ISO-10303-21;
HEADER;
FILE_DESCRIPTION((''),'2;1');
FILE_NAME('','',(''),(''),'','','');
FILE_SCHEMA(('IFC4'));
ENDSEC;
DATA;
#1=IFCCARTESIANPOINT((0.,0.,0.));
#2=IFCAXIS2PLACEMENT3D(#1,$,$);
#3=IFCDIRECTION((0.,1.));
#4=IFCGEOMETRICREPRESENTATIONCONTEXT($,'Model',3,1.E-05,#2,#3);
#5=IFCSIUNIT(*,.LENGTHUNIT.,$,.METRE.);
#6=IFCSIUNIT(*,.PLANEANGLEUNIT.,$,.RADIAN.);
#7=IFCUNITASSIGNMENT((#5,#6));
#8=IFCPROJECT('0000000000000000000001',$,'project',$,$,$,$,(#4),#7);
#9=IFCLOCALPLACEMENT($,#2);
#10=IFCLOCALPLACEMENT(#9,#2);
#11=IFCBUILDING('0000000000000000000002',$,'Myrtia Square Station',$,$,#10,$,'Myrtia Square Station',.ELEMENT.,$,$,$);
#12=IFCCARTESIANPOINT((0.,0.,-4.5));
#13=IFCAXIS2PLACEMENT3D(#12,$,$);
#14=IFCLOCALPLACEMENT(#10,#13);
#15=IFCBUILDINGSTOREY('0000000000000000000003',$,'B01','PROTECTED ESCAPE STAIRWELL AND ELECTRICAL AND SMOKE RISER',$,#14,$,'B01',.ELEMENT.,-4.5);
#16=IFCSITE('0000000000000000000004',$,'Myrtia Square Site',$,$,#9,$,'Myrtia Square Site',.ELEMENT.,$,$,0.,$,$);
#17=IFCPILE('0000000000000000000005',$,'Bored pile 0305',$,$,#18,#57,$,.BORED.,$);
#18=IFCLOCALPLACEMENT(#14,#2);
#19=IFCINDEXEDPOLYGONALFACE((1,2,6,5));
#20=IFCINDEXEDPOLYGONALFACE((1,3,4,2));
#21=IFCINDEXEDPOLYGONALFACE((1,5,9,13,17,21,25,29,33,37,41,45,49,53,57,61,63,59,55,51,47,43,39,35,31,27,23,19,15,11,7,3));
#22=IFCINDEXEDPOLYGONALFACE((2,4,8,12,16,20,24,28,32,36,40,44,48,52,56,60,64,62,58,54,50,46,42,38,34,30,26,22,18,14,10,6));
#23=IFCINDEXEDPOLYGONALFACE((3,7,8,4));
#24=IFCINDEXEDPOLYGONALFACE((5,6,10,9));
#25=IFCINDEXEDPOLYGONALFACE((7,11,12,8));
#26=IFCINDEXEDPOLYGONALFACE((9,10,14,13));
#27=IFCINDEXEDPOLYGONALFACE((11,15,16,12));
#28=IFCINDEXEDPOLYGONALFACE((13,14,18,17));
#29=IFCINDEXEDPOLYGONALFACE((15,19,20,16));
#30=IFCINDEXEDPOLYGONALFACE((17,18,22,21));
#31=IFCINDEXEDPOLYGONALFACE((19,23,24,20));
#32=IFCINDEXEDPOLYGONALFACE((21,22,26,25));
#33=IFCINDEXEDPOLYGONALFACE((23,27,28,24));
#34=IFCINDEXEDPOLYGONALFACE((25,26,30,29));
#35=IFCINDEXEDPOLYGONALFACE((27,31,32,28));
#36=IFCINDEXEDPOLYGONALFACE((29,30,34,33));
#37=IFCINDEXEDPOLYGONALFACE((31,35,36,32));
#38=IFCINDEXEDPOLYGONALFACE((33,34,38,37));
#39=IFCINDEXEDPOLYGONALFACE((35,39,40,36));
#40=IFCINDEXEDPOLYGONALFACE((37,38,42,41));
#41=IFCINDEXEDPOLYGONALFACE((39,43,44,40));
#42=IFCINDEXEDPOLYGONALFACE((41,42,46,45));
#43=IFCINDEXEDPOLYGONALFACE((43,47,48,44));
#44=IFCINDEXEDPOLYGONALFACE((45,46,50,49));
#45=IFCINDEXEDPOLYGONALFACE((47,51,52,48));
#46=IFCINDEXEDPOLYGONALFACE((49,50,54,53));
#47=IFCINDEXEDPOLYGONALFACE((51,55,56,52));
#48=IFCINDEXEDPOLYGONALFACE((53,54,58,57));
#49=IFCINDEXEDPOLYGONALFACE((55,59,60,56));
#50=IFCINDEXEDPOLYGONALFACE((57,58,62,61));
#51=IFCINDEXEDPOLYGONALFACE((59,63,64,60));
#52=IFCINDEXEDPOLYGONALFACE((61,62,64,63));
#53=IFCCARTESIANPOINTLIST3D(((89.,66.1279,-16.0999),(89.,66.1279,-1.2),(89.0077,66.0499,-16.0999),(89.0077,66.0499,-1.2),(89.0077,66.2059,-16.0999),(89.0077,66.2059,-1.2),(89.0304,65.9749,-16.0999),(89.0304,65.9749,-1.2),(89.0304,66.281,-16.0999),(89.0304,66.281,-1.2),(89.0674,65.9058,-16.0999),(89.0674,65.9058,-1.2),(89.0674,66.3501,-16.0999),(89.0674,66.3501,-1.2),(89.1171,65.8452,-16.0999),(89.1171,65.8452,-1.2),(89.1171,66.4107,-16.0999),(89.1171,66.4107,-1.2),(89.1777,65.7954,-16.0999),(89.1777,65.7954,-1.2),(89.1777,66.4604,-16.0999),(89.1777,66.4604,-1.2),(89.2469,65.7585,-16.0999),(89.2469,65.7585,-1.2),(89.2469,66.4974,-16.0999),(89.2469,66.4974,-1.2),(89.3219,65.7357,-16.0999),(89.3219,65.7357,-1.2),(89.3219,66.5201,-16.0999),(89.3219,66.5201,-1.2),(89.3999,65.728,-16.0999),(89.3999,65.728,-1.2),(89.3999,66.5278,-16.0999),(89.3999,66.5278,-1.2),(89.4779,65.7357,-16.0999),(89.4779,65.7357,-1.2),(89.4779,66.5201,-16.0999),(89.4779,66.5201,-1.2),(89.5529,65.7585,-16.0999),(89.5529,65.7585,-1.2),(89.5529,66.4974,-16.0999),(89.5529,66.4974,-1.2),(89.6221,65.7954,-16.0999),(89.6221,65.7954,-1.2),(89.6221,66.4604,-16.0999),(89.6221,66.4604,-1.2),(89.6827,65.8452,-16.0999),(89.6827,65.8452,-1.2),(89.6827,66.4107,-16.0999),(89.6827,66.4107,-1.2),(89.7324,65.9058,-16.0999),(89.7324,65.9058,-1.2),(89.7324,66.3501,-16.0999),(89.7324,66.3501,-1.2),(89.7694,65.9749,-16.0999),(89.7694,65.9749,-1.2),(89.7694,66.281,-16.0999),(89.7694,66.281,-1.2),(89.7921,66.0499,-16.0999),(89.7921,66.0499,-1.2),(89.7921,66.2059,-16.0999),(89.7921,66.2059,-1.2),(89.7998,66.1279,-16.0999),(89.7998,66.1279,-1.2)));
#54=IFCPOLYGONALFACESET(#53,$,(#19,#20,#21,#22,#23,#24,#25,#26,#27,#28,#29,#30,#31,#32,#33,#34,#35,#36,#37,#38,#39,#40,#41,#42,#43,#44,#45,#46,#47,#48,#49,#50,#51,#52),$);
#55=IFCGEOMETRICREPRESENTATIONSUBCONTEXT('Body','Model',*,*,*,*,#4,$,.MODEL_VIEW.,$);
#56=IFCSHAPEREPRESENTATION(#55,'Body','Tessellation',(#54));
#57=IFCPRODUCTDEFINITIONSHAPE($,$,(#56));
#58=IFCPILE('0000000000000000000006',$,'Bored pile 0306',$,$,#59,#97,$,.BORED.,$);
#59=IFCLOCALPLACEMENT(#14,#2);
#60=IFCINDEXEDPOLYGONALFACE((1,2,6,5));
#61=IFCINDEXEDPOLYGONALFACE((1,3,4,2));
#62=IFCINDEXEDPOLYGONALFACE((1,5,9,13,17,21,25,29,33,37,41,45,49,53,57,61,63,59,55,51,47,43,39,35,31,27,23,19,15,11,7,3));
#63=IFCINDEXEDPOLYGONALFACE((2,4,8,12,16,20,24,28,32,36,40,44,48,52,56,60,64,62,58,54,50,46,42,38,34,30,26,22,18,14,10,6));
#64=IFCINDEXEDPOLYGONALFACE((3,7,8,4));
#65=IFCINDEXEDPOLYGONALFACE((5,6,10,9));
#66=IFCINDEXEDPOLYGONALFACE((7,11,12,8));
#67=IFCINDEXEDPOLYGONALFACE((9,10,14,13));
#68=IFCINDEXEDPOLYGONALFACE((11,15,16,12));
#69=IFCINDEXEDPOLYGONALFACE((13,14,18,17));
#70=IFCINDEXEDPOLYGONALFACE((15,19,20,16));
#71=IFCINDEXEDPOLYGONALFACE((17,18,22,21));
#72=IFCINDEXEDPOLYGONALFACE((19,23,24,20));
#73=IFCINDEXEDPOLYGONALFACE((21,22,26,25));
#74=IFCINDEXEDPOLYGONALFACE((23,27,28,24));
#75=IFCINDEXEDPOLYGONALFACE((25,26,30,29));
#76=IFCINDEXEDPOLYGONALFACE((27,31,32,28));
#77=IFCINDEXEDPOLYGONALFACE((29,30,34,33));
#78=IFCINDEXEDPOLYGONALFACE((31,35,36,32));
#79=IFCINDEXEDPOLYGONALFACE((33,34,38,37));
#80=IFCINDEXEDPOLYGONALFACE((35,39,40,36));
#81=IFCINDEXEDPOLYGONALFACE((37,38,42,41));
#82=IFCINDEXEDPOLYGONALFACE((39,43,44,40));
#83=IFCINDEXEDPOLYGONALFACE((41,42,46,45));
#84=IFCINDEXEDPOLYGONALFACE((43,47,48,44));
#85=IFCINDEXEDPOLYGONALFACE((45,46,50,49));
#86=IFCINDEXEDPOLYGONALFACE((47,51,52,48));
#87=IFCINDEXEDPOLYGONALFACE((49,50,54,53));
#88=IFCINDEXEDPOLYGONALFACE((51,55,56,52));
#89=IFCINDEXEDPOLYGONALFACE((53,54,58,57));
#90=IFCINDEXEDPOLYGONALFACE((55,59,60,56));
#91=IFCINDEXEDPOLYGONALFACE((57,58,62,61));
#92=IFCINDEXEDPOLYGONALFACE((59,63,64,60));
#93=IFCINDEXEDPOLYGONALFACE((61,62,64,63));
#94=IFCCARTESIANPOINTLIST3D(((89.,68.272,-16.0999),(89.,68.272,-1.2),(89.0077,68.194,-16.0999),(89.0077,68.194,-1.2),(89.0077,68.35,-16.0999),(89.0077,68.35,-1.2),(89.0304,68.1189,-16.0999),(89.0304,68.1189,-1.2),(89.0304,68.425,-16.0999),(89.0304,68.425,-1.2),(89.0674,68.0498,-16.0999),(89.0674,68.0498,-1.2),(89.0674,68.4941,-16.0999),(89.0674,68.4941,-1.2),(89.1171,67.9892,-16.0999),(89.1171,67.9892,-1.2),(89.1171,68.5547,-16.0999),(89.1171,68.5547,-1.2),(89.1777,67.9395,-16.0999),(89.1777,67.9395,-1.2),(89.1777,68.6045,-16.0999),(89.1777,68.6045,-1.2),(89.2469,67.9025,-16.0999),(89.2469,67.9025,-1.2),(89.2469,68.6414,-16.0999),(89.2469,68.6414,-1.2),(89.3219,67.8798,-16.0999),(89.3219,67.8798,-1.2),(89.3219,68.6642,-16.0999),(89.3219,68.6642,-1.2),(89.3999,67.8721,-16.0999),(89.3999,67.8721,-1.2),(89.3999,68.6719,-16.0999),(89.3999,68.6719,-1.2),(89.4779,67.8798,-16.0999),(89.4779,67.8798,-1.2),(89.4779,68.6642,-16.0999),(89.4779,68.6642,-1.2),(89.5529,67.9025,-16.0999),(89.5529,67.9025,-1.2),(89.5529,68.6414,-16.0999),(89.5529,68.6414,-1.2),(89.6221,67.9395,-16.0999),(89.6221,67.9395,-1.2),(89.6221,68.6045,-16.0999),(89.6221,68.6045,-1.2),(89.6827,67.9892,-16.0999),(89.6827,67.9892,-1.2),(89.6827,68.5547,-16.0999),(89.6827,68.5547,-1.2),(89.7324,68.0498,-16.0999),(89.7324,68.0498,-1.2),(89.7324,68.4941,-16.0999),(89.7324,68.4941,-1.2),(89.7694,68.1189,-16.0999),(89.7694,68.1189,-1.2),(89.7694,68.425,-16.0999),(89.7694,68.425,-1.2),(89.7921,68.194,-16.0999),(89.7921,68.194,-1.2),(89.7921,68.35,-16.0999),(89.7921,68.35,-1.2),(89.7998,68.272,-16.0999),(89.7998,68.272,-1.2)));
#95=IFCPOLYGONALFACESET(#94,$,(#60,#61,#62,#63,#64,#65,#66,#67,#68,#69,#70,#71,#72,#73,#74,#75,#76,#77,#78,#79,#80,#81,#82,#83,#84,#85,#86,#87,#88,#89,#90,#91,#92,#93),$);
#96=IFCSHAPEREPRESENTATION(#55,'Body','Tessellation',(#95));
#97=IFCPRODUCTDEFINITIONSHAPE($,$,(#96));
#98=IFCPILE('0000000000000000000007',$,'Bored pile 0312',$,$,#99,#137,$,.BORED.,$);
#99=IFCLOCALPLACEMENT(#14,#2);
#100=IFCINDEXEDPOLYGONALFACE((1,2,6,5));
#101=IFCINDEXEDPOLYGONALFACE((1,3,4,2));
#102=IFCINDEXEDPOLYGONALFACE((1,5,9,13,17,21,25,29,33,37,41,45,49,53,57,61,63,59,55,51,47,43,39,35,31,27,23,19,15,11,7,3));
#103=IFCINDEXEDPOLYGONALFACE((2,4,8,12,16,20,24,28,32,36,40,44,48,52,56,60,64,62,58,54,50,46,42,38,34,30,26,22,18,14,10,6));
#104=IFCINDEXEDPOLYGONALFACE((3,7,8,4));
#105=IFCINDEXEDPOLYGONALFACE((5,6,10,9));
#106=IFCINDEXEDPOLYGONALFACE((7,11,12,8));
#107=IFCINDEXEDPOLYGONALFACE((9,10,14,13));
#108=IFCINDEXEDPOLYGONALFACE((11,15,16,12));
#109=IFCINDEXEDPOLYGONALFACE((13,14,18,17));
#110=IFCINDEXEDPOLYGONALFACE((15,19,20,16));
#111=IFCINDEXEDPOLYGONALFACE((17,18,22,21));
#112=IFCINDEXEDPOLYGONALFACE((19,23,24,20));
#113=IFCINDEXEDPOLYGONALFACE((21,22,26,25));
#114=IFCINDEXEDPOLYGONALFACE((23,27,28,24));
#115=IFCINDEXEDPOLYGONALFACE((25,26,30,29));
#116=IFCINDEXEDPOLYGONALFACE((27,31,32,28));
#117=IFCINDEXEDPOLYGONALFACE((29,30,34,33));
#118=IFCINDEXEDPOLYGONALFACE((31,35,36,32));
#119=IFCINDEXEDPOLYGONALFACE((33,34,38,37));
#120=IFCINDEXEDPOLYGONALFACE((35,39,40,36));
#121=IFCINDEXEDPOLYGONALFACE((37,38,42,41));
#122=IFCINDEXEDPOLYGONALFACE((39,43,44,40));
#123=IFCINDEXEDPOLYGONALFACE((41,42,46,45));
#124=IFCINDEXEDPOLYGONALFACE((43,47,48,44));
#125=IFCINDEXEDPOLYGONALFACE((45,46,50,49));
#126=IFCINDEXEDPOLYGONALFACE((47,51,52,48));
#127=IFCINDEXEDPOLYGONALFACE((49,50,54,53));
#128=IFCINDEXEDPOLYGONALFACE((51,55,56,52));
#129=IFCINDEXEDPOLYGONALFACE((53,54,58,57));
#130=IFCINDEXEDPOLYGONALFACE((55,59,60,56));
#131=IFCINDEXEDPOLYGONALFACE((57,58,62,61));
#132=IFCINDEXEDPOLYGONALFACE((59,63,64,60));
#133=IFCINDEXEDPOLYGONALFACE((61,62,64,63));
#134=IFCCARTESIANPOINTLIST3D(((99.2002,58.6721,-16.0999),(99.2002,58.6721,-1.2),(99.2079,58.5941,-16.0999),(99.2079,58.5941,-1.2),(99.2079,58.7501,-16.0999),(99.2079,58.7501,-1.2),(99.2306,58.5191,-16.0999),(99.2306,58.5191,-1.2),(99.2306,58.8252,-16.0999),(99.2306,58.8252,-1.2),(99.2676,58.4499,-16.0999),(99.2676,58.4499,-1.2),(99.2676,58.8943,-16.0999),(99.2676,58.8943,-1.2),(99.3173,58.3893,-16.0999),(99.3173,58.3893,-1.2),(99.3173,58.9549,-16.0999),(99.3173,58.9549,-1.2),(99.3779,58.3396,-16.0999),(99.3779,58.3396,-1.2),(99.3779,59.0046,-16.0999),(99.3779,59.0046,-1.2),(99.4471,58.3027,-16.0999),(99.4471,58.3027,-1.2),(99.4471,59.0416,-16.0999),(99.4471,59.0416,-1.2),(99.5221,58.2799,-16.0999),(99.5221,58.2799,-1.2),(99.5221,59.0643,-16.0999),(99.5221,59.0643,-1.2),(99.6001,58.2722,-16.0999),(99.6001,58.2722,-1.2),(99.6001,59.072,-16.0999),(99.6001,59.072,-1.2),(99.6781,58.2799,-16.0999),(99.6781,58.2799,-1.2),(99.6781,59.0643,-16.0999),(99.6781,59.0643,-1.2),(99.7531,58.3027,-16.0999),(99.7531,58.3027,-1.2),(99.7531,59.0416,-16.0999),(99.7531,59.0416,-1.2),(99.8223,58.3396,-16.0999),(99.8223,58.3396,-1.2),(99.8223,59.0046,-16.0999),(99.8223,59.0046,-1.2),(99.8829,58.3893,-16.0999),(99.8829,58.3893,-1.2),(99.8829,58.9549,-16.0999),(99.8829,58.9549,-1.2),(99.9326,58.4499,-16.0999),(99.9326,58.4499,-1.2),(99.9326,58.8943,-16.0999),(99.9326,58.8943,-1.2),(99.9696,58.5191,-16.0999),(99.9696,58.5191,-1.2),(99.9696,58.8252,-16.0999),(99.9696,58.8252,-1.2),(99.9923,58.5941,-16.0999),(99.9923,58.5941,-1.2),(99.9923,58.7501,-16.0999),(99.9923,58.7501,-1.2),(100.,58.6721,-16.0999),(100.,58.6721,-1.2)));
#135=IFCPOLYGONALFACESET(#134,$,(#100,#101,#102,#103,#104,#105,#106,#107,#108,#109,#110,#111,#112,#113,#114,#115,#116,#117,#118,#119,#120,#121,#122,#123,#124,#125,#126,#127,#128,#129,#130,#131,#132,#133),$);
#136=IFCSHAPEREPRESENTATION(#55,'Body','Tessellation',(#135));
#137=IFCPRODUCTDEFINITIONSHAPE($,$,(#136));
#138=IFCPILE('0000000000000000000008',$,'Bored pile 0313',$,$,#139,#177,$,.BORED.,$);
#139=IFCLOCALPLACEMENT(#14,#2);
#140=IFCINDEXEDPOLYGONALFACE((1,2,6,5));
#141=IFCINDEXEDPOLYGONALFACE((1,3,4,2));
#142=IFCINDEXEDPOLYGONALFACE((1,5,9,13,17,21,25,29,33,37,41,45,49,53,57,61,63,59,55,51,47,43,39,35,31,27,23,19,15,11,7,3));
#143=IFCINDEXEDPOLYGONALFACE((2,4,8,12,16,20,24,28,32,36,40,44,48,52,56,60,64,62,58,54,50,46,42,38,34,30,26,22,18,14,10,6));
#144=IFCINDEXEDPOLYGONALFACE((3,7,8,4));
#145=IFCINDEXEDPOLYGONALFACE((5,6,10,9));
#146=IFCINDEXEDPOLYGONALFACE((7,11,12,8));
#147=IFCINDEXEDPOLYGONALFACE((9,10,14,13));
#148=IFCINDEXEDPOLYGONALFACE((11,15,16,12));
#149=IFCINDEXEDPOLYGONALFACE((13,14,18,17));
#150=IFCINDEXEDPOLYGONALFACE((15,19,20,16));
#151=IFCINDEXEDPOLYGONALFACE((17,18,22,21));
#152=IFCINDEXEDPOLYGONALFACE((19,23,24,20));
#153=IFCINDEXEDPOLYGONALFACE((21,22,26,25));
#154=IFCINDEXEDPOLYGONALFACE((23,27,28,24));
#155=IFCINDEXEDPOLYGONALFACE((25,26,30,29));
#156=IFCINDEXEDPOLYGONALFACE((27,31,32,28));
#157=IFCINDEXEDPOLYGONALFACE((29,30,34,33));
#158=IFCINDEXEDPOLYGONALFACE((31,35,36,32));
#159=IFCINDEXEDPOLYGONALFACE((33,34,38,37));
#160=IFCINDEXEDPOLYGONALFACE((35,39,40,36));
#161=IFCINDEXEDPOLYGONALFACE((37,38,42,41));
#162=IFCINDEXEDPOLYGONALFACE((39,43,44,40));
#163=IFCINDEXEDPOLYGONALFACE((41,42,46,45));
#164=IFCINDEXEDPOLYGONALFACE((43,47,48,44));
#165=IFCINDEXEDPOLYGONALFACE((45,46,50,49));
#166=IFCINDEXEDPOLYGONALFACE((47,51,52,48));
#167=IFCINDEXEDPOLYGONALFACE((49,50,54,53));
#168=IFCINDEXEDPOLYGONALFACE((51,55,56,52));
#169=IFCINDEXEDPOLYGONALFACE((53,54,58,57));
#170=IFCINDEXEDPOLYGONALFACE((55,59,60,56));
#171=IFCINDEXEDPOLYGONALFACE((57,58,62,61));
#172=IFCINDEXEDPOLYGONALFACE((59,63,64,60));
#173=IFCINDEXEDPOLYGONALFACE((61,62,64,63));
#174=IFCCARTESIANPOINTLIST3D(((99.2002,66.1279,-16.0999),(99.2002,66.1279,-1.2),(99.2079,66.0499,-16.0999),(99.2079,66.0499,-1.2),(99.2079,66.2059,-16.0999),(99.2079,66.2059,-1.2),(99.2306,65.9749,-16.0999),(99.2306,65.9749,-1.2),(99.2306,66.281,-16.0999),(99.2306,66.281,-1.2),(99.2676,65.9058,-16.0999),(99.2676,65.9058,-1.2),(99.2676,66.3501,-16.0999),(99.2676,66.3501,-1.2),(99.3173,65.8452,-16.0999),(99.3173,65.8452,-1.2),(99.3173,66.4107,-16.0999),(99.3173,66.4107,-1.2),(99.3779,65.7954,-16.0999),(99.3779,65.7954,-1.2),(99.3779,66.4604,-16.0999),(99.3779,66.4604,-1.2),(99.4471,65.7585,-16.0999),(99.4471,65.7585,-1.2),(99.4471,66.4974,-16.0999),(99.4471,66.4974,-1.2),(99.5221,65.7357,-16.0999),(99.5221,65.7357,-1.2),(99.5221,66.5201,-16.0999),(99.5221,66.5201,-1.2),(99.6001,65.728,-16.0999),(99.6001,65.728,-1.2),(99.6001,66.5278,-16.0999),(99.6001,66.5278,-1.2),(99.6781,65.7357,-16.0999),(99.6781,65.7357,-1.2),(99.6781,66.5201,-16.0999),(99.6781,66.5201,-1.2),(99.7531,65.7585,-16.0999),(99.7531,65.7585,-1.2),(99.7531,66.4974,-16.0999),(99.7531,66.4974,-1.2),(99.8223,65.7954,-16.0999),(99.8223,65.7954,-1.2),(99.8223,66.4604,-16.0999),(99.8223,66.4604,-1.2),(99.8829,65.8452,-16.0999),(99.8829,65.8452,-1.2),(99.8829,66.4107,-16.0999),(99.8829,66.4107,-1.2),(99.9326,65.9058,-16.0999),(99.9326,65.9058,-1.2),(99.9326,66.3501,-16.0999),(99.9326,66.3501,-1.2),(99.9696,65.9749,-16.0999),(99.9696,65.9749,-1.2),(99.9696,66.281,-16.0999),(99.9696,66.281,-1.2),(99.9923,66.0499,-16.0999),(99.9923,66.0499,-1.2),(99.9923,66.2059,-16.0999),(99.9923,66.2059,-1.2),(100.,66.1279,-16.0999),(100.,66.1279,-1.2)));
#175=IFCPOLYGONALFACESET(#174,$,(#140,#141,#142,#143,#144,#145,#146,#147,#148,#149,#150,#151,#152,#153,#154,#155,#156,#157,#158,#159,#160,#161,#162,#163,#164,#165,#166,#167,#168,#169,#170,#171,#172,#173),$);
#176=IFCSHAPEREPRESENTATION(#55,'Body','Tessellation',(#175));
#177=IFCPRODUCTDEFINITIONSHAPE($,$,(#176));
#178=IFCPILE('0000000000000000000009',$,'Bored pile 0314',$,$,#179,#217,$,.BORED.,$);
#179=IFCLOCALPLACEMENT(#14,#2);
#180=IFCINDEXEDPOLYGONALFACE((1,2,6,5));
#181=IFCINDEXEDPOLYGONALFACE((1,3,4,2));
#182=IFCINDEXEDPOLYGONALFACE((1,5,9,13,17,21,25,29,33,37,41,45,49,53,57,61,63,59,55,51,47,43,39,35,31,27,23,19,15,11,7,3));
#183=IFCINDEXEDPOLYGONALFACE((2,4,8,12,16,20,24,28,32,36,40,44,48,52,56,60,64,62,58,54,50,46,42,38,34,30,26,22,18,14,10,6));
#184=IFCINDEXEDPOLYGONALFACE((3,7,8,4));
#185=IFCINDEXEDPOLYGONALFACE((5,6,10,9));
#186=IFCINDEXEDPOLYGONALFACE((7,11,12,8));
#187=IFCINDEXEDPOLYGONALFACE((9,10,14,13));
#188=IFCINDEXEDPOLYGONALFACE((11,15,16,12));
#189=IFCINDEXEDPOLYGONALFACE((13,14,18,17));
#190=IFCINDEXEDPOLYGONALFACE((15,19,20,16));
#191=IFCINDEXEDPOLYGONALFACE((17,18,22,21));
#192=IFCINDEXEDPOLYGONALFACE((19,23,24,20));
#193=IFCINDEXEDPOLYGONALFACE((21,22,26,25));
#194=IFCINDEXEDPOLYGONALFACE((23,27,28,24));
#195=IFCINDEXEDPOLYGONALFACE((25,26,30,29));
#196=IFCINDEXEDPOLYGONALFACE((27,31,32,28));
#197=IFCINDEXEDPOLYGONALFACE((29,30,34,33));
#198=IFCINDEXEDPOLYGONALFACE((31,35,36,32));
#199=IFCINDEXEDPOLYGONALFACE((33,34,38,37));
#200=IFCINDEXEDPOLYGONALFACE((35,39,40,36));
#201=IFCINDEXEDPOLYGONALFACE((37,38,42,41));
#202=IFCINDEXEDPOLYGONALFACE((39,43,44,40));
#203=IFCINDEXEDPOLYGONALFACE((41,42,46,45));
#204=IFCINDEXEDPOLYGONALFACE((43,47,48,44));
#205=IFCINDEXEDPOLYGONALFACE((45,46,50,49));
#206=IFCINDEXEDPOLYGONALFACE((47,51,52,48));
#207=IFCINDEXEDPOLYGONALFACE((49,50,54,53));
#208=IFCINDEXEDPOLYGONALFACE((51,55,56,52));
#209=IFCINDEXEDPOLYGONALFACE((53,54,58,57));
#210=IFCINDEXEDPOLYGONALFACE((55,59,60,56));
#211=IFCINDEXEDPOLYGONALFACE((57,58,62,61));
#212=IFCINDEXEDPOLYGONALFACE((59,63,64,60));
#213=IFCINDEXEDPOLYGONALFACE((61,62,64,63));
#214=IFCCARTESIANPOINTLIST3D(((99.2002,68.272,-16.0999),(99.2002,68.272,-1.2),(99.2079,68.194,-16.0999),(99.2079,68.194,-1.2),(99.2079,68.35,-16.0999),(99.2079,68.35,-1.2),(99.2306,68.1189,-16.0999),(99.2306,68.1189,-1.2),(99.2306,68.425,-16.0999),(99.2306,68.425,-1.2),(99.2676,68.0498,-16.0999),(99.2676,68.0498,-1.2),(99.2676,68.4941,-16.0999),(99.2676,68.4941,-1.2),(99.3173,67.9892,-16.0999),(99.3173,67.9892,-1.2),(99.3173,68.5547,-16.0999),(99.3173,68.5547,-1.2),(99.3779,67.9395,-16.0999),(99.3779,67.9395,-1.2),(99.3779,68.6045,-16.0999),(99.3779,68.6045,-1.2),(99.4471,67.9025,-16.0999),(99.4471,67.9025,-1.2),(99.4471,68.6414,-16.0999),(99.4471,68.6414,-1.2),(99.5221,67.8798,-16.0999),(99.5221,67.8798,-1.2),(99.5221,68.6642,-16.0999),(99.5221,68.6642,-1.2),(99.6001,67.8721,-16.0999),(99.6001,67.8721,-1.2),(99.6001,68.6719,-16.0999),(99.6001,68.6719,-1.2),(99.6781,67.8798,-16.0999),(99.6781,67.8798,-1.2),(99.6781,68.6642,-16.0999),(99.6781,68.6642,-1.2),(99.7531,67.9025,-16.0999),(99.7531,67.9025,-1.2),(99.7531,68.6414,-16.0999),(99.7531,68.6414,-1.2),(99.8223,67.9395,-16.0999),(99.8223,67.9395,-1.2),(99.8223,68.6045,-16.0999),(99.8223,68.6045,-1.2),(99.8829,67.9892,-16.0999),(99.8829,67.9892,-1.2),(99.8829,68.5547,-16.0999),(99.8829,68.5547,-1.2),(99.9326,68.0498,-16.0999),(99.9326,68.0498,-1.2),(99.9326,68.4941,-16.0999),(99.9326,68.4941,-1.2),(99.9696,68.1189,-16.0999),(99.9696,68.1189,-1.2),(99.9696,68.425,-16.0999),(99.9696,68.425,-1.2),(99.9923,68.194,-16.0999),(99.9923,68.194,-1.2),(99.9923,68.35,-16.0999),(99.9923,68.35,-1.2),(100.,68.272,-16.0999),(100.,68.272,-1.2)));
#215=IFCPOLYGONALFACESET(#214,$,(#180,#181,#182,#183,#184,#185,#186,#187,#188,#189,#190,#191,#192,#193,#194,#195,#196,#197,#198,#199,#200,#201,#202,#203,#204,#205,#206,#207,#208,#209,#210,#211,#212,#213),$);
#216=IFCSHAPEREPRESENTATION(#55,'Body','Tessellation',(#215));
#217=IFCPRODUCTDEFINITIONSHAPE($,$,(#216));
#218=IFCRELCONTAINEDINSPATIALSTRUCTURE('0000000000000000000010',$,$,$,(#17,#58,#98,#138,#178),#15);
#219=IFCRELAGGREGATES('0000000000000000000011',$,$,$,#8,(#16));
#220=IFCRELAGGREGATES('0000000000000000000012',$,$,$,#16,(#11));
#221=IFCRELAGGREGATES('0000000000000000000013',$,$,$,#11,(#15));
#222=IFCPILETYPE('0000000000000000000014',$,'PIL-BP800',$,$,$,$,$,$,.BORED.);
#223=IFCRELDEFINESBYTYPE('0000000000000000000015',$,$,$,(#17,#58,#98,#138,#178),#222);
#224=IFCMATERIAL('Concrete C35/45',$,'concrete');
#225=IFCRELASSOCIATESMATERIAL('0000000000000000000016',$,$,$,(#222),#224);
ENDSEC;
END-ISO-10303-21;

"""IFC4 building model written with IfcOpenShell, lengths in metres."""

from ifc_helpers import new_model, si_unit, direction, frame, origin, origin_2d, place, context, subcontext, project, spatial, circle, extrude, material, material_profile, profile_set, type_object, element, save


model = new_model("IFC4")

# Units and contexts
model_context = context("Model", 3, precision=1e-05, world=origin(), true_north=direction((0.0, 1.0)))
body_context = subcontext(model_context, "Body", "Model", "MODEL_VIEW")
ifc_project = project(units=[si_unit("LENGTHUNIT", "METRE"), si_unit("PLANEANGLEUNIT", "RADIAN")], contexts=[model_context])

# Site, building, storey
site_placement = place(None, origin())
site = spatial("IfcSite", under=ifc_project, at=site_placement, Name="Myrtia Square Site", LongName="Myrtia Square Site", CompositionType="ELEMENT", RefElevation=0.0)
building_placement = place(site_placement, origin())
building = spatial("IfcBuilding", under=site, at=building_placement, Name="Myrtia Square Station", LongName="Myrtia Square Station", CompositionType="ELEMENT")
storey_placement = place(building_placement, frame((0.0, 0.0, -4.5)))
storey = spatial("IfcBuildingStorey", under=building, at=storey_placement, Name="B01", Description="PROTECTED ESCAPE STAIRWELL AND ELECTRICAL AND SMOKE RISER", LongName="B01", CompositionType="ELEMENT", Elevation=-4.5)

# Shared definitions
ifc_material_1 = material(Name="Concrete C35/45", Category="concrete")

# Piles
ifc_material_profile_1 = material_profile(ifc_material_1, circle(Radius=0.3999, at=origin_2d()), Name="BP D800")
ifc_profile_set_1 = profile_set([ifc_material_profile_1], Name="Concrete C35/45")
pile_type_1 = type_object("IfcPileType", Name="PIL-BP800", PredefinedType="BORED", material=ifc_profile_set_1)
for number, where, z_axis, x_axis, name in (
    (1, (89.3999, 66.1279, -1.2), (0.0, 0.0, -1.0), (1.0, 0.0, 0.0), "Bored pile 0305"),
    (2, (89.3999, 68.272, -1.2), (0.0, 0.0, -1.0), (1.0, 0.0, 0.0), "Bored pile 0306"),
    (3, (99.6001, 58.6721, -1.2), (0.0, 0.0, -1.0), (1.0, 0.0, 0.0), "Bored pile 0312"),
    (4, (99.6001, 66.1279, -1.2), (0.0, 0.0, -1.0), (1.0, 0.0, 0.0), "Bored pile 0313"),
    (5, (99.6001, 68.272, -1.2), (0.0, 0.0, -1.0), (1.0, 0.0, 0.0), "Bored pile 0314"),
):
    element("IfcPile", number, at=place(storey_placement, frame(where, z_axis=z_axis, x_axis=x_axis)), inside=storey, type_object=pile_type_1, Name=name, PredefinedType="BORED", context=body_context, shape_type="SweptSolid", body=[
        extrude(circle(Radius=0.3999, at=origin_2d()), origin(), (0.0, 0.0, 1.0), 14.8999),
    ])

save(model, "model.ifc")
